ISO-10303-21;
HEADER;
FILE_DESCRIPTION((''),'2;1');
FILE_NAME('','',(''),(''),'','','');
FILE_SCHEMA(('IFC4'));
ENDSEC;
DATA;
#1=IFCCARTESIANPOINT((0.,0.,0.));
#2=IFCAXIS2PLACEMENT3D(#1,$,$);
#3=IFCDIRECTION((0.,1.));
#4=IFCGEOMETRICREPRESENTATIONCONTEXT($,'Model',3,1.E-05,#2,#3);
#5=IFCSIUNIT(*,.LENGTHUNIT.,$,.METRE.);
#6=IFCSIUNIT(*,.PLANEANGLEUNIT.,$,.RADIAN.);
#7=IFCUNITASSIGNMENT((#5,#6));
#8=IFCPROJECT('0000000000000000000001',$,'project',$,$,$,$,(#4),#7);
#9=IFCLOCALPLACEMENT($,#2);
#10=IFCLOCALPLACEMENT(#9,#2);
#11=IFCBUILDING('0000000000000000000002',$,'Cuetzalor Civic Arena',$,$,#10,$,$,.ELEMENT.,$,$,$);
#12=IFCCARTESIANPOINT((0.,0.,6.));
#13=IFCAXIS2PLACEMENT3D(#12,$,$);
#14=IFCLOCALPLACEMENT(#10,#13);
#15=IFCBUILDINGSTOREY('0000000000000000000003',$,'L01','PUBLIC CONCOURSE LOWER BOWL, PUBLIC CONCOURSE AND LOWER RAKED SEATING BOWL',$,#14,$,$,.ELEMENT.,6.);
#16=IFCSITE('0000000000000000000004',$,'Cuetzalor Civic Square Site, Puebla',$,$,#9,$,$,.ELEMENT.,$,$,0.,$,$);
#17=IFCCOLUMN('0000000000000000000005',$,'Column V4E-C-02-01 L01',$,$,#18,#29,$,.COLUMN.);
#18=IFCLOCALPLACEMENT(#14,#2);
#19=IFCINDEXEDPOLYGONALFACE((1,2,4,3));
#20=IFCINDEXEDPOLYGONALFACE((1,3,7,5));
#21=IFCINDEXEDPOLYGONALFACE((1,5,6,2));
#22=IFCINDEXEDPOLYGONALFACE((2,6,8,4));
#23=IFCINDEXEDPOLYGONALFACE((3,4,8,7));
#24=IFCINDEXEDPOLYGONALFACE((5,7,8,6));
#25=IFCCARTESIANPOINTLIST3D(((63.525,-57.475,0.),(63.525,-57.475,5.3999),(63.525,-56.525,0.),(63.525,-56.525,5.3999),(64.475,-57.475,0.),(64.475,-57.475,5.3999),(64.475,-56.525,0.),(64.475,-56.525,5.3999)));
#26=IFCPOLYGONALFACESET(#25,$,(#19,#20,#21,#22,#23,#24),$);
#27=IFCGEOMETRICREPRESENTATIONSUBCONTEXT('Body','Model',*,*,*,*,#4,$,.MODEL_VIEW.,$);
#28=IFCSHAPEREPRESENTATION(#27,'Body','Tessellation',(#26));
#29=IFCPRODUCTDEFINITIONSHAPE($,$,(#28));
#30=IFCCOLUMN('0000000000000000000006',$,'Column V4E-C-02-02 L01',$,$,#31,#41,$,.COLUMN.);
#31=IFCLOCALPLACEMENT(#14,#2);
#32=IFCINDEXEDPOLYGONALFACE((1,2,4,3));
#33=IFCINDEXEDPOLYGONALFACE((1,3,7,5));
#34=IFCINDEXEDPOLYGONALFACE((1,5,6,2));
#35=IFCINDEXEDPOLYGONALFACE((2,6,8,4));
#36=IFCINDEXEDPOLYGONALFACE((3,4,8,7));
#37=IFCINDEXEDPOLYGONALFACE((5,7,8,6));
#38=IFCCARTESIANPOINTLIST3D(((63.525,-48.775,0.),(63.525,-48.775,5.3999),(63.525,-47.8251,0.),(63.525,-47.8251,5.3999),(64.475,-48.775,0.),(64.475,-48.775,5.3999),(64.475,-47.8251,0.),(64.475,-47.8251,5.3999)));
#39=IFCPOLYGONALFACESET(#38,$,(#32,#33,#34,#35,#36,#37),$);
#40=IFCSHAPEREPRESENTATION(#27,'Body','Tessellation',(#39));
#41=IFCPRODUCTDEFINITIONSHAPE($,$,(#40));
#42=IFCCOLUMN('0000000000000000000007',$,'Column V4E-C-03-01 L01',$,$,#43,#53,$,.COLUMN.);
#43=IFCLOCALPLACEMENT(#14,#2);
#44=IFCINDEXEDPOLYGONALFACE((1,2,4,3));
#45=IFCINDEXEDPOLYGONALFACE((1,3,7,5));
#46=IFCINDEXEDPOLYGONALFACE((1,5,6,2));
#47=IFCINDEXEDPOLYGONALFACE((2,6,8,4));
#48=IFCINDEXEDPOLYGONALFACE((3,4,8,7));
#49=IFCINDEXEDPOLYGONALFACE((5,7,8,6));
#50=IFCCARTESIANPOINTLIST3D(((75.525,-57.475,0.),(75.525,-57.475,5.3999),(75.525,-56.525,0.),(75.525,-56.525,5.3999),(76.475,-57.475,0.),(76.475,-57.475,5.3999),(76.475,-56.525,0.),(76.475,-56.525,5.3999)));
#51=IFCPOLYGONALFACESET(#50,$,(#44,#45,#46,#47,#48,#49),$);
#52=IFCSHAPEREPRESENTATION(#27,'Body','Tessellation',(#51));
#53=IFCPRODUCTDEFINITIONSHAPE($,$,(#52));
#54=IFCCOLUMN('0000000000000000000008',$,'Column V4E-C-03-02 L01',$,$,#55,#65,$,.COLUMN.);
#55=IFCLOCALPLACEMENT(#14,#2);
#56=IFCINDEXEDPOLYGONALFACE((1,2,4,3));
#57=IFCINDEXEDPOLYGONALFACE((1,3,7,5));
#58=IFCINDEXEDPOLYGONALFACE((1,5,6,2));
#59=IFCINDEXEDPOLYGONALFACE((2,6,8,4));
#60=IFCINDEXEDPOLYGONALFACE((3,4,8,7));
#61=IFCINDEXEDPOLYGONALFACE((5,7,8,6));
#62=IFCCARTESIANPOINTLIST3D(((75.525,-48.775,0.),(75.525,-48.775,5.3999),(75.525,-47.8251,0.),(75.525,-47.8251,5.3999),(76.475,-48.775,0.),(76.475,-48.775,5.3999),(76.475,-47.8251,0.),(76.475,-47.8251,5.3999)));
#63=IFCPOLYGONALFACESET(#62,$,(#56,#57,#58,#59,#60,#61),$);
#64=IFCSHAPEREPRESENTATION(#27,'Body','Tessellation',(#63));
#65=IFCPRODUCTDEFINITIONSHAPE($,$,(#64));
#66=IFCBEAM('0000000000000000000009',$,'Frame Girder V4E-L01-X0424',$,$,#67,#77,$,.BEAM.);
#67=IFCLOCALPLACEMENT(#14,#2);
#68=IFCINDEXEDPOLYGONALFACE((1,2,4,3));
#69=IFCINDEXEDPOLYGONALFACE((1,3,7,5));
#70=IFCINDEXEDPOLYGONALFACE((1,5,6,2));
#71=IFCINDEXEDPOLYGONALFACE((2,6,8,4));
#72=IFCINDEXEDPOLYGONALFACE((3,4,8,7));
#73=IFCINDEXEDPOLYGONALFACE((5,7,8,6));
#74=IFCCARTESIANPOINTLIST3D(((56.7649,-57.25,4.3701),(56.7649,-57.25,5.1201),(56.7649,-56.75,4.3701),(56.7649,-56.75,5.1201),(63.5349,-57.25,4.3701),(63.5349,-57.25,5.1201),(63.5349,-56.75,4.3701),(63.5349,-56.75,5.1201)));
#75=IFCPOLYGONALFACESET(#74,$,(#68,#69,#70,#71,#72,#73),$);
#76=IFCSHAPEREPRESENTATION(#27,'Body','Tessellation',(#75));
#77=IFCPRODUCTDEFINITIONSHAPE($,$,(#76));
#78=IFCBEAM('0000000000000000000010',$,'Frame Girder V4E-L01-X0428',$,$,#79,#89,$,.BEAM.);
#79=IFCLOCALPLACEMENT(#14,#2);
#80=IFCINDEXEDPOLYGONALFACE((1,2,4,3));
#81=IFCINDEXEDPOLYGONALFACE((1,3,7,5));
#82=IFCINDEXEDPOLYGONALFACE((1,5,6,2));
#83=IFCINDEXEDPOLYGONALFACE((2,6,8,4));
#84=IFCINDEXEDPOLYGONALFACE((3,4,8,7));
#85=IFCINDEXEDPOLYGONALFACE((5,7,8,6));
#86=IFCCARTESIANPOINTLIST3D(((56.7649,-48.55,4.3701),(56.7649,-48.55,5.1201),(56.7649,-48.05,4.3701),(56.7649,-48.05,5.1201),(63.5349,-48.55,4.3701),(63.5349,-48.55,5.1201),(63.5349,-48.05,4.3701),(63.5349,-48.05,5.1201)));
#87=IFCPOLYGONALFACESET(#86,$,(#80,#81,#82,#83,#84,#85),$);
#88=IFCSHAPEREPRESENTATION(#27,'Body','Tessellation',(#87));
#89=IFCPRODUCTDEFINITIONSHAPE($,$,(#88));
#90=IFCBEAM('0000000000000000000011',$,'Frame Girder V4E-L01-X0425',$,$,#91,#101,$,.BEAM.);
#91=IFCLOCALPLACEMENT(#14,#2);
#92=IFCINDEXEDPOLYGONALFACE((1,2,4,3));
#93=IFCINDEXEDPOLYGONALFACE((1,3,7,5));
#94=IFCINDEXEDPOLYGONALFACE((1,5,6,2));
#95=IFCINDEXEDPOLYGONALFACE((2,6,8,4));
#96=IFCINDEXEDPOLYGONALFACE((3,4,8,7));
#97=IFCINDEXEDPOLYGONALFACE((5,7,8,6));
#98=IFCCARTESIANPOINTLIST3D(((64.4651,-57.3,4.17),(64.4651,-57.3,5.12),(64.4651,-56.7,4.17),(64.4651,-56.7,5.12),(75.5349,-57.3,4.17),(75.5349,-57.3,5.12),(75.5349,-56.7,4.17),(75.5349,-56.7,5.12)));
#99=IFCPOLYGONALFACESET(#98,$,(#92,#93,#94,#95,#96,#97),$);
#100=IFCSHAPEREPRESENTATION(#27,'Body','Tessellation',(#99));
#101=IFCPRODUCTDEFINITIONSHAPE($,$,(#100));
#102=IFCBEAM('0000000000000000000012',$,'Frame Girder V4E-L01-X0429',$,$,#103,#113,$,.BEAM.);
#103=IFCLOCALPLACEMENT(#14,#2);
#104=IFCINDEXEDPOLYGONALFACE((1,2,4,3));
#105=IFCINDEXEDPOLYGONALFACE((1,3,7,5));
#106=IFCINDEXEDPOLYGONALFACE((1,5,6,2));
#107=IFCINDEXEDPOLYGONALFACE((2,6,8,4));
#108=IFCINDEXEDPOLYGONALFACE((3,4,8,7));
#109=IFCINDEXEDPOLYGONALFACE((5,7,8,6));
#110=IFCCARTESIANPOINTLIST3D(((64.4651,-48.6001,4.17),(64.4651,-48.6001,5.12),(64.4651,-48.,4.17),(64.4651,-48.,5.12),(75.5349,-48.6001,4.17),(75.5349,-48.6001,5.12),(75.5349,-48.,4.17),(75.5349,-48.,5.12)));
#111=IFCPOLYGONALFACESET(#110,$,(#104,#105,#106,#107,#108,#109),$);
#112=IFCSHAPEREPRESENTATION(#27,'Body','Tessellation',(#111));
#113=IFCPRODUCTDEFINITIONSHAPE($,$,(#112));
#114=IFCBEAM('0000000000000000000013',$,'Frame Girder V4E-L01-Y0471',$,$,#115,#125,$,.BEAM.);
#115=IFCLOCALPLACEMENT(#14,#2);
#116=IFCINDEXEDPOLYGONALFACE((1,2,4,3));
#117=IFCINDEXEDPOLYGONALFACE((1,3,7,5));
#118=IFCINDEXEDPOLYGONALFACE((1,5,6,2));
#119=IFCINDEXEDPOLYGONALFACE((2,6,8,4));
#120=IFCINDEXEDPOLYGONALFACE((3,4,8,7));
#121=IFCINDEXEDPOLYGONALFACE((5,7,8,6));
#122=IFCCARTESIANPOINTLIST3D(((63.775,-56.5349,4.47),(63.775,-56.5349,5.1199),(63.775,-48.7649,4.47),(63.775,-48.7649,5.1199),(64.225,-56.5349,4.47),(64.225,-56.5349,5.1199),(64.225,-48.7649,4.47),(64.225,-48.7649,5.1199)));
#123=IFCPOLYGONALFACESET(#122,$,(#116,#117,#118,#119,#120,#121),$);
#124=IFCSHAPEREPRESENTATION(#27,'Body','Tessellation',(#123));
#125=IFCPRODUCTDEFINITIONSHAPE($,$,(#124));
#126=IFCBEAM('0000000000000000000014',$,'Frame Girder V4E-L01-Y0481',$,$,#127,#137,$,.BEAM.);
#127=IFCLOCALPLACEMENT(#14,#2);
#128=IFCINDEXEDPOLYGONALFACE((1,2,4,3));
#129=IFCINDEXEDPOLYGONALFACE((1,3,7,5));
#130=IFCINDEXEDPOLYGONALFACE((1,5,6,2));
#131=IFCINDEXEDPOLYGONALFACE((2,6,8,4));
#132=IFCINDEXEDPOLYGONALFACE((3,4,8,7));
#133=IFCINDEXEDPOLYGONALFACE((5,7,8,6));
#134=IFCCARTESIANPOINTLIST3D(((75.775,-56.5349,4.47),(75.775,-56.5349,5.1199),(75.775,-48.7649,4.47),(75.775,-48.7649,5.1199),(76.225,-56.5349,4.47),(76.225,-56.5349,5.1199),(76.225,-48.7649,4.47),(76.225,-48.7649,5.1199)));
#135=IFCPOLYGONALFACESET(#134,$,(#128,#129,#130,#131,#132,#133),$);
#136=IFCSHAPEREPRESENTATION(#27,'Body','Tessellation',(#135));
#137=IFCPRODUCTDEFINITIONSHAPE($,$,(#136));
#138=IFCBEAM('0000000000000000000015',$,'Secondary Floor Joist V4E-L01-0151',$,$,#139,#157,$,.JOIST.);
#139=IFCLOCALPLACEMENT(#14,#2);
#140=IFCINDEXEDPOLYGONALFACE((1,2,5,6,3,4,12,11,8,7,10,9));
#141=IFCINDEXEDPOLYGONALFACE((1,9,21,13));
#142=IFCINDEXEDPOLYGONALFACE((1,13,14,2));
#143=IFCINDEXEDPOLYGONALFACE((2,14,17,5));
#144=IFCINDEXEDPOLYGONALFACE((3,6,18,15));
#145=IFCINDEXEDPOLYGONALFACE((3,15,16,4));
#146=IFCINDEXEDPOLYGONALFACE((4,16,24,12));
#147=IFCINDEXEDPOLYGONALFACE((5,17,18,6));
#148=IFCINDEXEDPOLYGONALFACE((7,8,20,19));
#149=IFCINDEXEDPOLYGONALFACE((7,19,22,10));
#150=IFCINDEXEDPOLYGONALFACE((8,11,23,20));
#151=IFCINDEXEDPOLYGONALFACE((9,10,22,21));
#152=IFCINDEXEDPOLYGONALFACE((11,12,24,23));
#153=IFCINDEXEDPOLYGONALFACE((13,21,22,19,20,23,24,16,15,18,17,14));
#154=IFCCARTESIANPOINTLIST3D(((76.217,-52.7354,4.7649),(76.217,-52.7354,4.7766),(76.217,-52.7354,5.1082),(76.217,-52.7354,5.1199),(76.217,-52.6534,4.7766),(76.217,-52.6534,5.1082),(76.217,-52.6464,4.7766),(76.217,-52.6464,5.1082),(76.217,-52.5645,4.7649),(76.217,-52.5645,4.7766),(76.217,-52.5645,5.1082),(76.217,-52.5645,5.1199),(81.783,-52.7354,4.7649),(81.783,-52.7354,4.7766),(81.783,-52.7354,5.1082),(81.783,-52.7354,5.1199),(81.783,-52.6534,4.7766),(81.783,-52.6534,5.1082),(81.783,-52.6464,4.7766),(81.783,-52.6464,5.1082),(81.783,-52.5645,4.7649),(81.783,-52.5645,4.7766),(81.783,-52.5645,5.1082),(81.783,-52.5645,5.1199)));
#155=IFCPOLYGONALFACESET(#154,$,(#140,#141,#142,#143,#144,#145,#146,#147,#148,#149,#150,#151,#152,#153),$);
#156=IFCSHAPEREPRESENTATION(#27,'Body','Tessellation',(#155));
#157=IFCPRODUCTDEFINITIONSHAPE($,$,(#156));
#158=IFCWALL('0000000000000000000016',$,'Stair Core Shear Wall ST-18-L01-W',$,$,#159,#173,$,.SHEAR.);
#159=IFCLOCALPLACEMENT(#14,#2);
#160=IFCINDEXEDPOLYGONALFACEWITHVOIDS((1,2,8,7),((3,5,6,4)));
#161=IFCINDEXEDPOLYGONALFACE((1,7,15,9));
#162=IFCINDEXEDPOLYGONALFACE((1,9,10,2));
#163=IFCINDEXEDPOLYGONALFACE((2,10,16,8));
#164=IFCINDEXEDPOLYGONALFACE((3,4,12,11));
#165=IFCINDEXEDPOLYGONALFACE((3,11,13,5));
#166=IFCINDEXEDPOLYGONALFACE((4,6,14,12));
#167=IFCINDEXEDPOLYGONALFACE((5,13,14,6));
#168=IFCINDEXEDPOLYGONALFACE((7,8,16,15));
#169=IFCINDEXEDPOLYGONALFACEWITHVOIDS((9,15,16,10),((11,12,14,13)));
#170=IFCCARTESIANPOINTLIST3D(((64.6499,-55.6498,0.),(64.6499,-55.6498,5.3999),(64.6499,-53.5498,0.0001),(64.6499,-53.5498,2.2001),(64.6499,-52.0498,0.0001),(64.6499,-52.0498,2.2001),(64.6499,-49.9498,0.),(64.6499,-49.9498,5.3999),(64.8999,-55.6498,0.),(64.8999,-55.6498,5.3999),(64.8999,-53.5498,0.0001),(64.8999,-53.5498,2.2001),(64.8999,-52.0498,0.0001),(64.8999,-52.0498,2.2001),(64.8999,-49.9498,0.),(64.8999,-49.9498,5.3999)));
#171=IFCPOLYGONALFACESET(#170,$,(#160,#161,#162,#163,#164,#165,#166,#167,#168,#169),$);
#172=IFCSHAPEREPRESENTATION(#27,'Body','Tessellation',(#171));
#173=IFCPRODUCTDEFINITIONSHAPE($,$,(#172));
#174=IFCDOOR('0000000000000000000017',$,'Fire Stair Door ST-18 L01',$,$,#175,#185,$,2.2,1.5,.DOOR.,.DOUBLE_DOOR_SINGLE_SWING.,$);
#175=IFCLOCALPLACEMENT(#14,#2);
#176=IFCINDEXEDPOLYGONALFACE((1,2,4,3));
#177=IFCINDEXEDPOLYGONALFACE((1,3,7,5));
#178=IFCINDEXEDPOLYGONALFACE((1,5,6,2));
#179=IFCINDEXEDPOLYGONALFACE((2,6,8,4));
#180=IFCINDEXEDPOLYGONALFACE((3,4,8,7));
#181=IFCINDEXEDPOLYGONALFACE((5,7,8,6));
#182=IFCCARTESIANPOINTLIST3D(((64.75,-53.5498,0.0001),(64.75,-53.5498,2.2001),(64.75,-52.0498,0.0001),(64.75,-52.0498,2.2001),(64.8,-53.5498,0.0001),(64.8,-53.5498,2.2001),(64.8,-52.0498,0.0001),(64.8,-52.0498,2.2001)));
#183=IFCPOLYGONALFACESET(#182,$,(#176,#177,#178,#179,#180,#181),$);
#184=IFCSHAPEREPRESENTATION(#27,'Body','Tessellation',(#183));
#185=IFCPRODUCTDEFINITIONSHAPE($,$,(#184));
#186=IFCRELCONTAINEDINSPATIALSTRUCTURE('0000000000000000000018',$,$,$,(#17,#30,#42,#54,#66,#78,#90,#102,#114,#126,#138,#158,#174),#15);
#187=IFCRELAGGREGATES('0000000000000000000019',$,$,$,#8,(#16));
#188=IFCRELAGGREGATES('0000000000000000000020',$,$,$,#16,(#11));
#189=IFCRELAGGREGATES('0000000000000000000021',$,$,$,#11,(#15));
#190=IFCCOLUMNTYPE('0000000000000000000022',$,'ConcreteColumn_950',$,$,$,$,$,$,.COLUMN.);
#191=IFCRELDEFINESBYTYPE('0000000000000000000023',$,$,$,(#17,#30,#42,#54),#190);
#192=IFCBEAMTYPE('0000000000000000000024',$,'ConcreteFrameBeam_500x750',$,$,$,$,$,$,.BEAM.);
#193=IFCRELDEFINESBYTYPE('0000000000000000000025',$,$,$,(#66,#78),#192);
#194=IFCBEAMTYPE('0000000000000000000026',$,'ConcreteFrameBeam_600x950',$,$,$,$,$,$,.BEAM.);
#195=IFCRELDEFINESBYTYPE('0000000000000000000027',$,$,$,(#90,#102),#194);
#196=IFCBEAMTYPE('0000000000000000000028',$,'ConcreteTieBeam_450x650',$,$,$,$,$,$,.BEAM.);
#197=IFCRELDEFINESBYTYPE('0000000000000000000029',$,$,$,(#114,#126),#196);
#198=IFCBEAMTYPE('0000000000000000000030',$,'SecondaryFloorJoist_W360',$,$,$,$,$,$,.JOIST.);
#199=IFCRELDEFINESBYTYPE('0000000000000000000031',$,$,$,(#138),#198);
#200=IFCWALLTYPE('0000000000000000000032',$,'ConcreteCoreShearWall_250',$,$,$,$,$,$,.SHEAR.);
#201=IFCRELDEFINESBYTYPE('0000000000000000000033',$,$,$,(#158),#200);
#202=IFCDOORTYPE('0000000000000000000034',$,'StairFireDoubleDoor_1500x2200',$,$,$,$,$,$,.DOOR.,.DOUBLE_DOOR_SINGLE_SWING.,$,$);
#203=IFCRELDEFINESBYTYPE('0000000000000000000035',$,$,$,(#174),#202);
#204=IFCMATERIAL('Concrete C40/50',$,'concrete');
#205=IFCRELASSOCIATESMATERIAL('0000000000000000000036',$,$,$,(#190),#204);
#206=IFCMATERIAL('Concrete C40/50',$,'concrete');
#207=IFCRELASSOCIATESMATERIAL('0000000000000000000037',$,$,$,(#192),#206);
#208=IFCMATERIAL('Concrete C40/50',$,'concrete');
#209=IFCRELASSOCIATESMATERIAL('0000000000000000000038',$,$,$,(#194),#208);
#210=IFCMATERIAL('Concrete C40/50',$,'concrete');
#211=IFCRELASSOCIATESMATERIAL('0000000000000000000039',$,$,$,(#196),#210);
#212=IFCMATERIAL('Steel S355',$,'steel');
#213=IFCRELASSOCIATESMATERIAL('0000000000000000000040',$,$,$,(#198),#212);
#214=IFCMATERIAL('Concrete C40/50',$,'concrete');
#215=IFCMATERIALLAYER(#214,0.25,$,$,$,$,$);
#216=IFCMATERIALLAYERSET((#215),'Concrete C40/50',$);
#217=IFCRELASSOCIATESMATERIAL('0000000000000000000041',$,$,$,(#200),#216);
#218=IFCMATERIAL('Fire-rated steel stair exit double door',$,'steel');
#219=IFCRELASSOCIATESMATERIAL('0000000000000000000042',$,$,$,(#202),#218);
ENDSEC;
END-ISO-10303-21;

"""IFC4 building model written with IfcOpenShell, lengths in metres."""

from ifc_helpers import new_model, si_unit, direction, frame, frame_2d, origin, origin_2d, place, context, subcontext, project, spatial, rectangle, i_section, extrude, material, layer, layer_set, material_profile, profile_set, type_object, element, fill, save


model = new_model("IFC4")

# Units and contexts
model_context = context("Model", 3, precision=1e-05, world=origin(), true_north=direction((0.0, 1.0)))
body_context = subcontext(model_context, "Body", "Model", "MODEL_VIEW")
ifc_project = project(units=[si_unit("LENGTHUNIT", "METRE"), si_unit("PLANEANGLEUNIT", "RADIAN")], contexts=[model_context])

# Site, building, storey
site_placement = place(None, origin())
site = spatial("IfcSite", under=ifc_project, at=site_placement, Name="Cuetzalor Civic Square Site, Puebla", CompositionType="ELEMENT", RefElevation=0.0)
building_placement = place(site_placement, origin())
building = spatial("IfcBuilding", under=site, at=building_placement, Name="Cuetzalor Civic Arena", CompositionType="ELEMENT")
storey_placement = place(building_placement, frame((0.0, 0.0, 6.0)))
storey = spatial("IfcBuildingStorey", under=building, at=storey_placement, Name="L01", Description="PUBLIC CONCOURSE LOWER BOWL, PUBLIC CONCOURSE AND LOWER RAKED SEATING BOWL", CompositionType="ELEMENT", Elevation=6.0)

# Columns
ifc_material_1 = material(Name="Concrete C40/50", Category="concrete")
ifc_material_profile_1 = material_profile(ifc_material_1, rectangle(XDim=0.95, YDim=0.95, at=origin_2d()), Name="RC 950x950")
ifc_profile_set_1 = profile_set([ifc_material_profile_1], Name="Concrete C40/50")
column_type = type_object("IfcColumnType", Name="ConcreteColumn_950", PredefinedType="COLUMN", material=ifc_profile_set_1)
for number, where, z_axis, x_axis, name in (
    (1, (64.0, -57.0, 0.0), (0.0, 0.0, 1.0), (1.0, 0.0, 0.0), "Column V4E-C-02-01 L01"),
    (2, (64.0, -48.3, 0.0), (0.0, 0.0, 1.0), (1.0, 0.0, 0.0), "Column V4E-C-02-02 L01"),
    (3, (76.0, -57.0, 0.0), (0.0, 0.0, 1.0), (1.0, 0.0, 0.0), "Column V4E-C-03-01 L01"),
    (4, (76.0, -48.3, 0.0), (0.0, 0.0, 1.0), (1.0, 0.0, 0.0), "Column V4E-C-03-02 L01"),
):
    element("IfcColumn", number, at=place(storey_placement, frame(where, z_axis=z_axis, x_axis=x_axis)), inside=storey, type_object=column_type, Name=name, PredefinedType="COLUMN", context=body_context, shape_type="SweptSolid", body=[
        extrude(rectangle(XDim=0.95, YDim=0.95, at=origin_2d()), origin(), (0.0, 0.0, 1.0), 5.3999),
    ])

# Beams
ifc_material_2 = material(Name="Concrete C40/50", Category="concrete")
ifc_material_profile_2 = material_profile(ifc_material_2, rectangle(XDim=0.5, YDim=0.75, at=origin_2d()), Name="RC 500x750")
ifc_profile_set_2 = profile_set([ifc_material_profile_2], Name="Concrete C40/50")
beam_type_1 = type_object("IfcBeamType", Name="ConcreteFrameBeam_500x750", PredefinedType="BEAM", material=ifc_profile_set_2)
for number, where, z_axis, x_axis, name in (
    (5, (56.7649, -57.0, 4.7451), (1.0, 0.0, 0.0), (0.0, 1.0, 0.0), "Frame Girder V4E-L01-X0424"),
    (6, (56.7649, -48.3, 4.7451), (1.0, 0.0, 0.0), (0.0, 1.0, 0.0), "Frame Girder V4E-L01-X0428"),
):
    element("IfcBeam", number, at=place(storey_placement, frame(where, z_axis=z_axis, x_axis=x_axis)), inside=storey, type_object=beam_type_1, Name=name, PredefinedType="BEAM", context=body_context, shape_type="SweptSolid", body=[
        extrude(rectangle(XDim=0.5, YDim=0.75, at=origin_2d()), origin(), (0.0, 0.0, 1.0), 6.77),
    ])
ifc_material_3 = material(Name="Concrete C40/50", Category="concrete")
ifc_material_profile_3 = material_profile(ifc_material_3, rectangle(XDim=0.6001, YDim=0.95, at=origin_2d()), Name="RC 600x950")
ifc_profile_set_3 = profile_set([ifc_material_profile_3], Name="Concrete C40/50")
beam_type_2 = type_object("IfcBeamType", Name="ConcreteFrameBeam_600x950", PredefinedType="BEAM", material=ifc_profile_set_3)
for number, where, z_axis, x_axis, name in (
    (7, (64.4651, -57.0, 4.645), (1.0, 0.0, 0.0), (0.0, 1.0, 0.0), "Frame Girder V4E-L01-X0425"),
    (8, (64.4651, -48.3, 4.645), (1.0, 0.0, 0.0), (0.0, 1.0, 0.0), "Frame Girder V4E-L01-X0429"),
):
    element("IfcBeam", number, at=place(storey_placement, frame(where, z_axis=z_axis, x_axis=x_axis)), inside=storey, type_object=beam_type_2, Name=name, PredefinedType="BEAM", context=body_context, shape_type="SweptSolid", body=[
        extrude(rectangle(XDim=0.6001, YDim=0.95, at=origin_2d()), origin(), (0.0, 0.0, 1.0), 11.0698),
    ])
ifc_material_4 = material(Name="Concrete C40/50", Category="concrete")
ifc_material_profile_4 = material_profile(ifc_material_4, rectangle(XDim=0.45, YDim=0.6499, at=origin_2d()), Name="RC 450x650")
ifc_profile_set_4 = profile_set([ifc_material_profile_4], Name="Concrete C40/50")
beam_type_3 = type_object("IfcBeamType", Name="ConcreteTieBeam_450x650", PredefinedType="BEAM", material=ifc_profile_set_4)
for number, where, z_axis, x_axis, name in (
    (9, (64.0, -56.5349, 4.7949), (0.0, 1.0, 0.0), (-1.0, 0.0, 0.0), "Frame Girder V4E-L01-Y0471"),
    (10, (76.0, -56.5349, 4.7949), (0.0, 1.0, 0.0), (-1.0, 0.0, 0.0), "Frame Girder V4E-L01-Y0481"),
):
    element("IfcBeam", number, at=place(storey_placement, frame(where, z_axis=z_axis, x_axis=x_axis)), inside=storey, type_object=beam_type_3, Name=name, PredefinedType="BEAM", context=body_context, shape_type="SweptSolid", body=[
        extrude(rectangle(XDim=0.45, YDim=0.6499, at=origin_2d()), origin(), (0.0, 0.0, 1.0), 7.77),
    ])
ifc_material_5 = material(Name="Steel S355", Category="steel")
ifc_material_profile_5 = material_profile(ifc_material_5, i_section(OverallWidth=0.1709, OverallDepth=0.355, WebThickness=0.0071, FlangeThickness=0.0117, at=origin_2d()), Name="W360x51")
ifc_profile_set_5 = profile_set([ifc_material_profile_5], Name="Steel S355")
beam_type_4 = type_object("IfcBeamType", Name="SecondaryFloorJoist_W360", PredefinedType="JOIST", material=ifc_profile_set_5)
beam_placement = place(storey_placement, frame((76.217, -52.6499, 4.9424), z_axis=(1.0, 0.0, 0.0), x_axis=(0.0, 1.0, 0.0)))
element("IfcBeam", 11, at=beam_placement, inside=storey, type_object=beam_type_4, Name="Secondary Floor Joist V4E-L01-0151", PredefinedType="JOIST", context=body_context, shape_type="SweptSolid", body=[
    extrude(i_section(OverallWidth=0.1709, OverallDepth=0.355, WebThickness=0.0071, FlangeThickness=0.0117, at=origin_2d()), origin(), (0.0, 0.0, 1.0), 5.5659),
])

# Wall, opening, door
ifc_material_6 = material(Name="Concrete C40/50", Category="concrete")
ifc_layer = layer(ifc_material_6, 0.25)
ifc_layer_set = layer_set([ifc_layer], Name="Concrete C40/50")
wall_type = type_object("IfcWallType", Name="ConcreteCoreShearWall_250", PredefinedType="SHEAR", material=ifc_layer_set)
wall_1_placement = place(storey_placement, frame((64.7749, -55.6499, 0.0), z_axis=(0.0, 0.0, 1.0), x_axis=(0.0, 1.0, 0.0)))
wall_1 = element("IfcWall", 12, at=wall_1_placement, inside=storey, type_object=wall_type, Name="Stair Core Shear Wall ST-18-L01-W", PredefinedType="SHEAR", context=body_context, shape_type="SweptSolid", body=[
    extrude(rectangle(XDim=5.7, YDim=0.25, at=frame_2d((2.8501, 0.0))), origin(), (0.0, 0.0, 1.0), 5.3999),
])
opening_placement = place(wall_1_placement, frame((2.1001, 0.0, 0.0)))
opening = element("IfcOpeningElement", 13, at=opening_placement, cuts=wall_1, PredefinedType="OPENING", context=body_context, shape_type="SweptSolid", body=[
    extrude(rectangle(XDim=1.5, YDim=2.2, at=frame_2d((0.75, 1.1001))), frame((0.0, 0.135, 0.0), z_axis=(0.0, -1.0, 0.0), x_axis=(1.0, 0.0, 0.0)), (0.0, 0.0, 1.0), 0.27),
])
ifc_material_7 = material(Name="Fire-rated steel stair exit double door", Category="steel")
door_type = type_object("IfcDoorType", Name="StairFireDoubleDoor_1500x2200", OperationType="DOUBLE_DOOR_SINGLE_SWING", PredefinedType="DOOR", material=ifc_material_7)
door_placement = place(opening_placement, origin())
door = element("IfcDoor", 14, at=door_placement, inside=storey, type_object=door_type, Name="Fire Stair Door ST-18 L01", OperationType="DOUBLE_DOOR_SINGLE_SWING", OverallHeight=2.2, OverallWidth=1.5, PredefinedType="DOOR", context=body_context, shape_type="SweptSolid", body=[
    extrude(rectangle(XDim=1.5, YDim=2.2, at=frame_2d((0.75, 1.1001))), frame((0.0, 0.0249, 0.0), z_axis=(0.0, -1.0, 0.0), x_axis=(1.0, 0.0, 0.0)), (0.0, 0.0, 1.0), 0.05),
])
fill(opening, door)

save(model, "model.ifc")
